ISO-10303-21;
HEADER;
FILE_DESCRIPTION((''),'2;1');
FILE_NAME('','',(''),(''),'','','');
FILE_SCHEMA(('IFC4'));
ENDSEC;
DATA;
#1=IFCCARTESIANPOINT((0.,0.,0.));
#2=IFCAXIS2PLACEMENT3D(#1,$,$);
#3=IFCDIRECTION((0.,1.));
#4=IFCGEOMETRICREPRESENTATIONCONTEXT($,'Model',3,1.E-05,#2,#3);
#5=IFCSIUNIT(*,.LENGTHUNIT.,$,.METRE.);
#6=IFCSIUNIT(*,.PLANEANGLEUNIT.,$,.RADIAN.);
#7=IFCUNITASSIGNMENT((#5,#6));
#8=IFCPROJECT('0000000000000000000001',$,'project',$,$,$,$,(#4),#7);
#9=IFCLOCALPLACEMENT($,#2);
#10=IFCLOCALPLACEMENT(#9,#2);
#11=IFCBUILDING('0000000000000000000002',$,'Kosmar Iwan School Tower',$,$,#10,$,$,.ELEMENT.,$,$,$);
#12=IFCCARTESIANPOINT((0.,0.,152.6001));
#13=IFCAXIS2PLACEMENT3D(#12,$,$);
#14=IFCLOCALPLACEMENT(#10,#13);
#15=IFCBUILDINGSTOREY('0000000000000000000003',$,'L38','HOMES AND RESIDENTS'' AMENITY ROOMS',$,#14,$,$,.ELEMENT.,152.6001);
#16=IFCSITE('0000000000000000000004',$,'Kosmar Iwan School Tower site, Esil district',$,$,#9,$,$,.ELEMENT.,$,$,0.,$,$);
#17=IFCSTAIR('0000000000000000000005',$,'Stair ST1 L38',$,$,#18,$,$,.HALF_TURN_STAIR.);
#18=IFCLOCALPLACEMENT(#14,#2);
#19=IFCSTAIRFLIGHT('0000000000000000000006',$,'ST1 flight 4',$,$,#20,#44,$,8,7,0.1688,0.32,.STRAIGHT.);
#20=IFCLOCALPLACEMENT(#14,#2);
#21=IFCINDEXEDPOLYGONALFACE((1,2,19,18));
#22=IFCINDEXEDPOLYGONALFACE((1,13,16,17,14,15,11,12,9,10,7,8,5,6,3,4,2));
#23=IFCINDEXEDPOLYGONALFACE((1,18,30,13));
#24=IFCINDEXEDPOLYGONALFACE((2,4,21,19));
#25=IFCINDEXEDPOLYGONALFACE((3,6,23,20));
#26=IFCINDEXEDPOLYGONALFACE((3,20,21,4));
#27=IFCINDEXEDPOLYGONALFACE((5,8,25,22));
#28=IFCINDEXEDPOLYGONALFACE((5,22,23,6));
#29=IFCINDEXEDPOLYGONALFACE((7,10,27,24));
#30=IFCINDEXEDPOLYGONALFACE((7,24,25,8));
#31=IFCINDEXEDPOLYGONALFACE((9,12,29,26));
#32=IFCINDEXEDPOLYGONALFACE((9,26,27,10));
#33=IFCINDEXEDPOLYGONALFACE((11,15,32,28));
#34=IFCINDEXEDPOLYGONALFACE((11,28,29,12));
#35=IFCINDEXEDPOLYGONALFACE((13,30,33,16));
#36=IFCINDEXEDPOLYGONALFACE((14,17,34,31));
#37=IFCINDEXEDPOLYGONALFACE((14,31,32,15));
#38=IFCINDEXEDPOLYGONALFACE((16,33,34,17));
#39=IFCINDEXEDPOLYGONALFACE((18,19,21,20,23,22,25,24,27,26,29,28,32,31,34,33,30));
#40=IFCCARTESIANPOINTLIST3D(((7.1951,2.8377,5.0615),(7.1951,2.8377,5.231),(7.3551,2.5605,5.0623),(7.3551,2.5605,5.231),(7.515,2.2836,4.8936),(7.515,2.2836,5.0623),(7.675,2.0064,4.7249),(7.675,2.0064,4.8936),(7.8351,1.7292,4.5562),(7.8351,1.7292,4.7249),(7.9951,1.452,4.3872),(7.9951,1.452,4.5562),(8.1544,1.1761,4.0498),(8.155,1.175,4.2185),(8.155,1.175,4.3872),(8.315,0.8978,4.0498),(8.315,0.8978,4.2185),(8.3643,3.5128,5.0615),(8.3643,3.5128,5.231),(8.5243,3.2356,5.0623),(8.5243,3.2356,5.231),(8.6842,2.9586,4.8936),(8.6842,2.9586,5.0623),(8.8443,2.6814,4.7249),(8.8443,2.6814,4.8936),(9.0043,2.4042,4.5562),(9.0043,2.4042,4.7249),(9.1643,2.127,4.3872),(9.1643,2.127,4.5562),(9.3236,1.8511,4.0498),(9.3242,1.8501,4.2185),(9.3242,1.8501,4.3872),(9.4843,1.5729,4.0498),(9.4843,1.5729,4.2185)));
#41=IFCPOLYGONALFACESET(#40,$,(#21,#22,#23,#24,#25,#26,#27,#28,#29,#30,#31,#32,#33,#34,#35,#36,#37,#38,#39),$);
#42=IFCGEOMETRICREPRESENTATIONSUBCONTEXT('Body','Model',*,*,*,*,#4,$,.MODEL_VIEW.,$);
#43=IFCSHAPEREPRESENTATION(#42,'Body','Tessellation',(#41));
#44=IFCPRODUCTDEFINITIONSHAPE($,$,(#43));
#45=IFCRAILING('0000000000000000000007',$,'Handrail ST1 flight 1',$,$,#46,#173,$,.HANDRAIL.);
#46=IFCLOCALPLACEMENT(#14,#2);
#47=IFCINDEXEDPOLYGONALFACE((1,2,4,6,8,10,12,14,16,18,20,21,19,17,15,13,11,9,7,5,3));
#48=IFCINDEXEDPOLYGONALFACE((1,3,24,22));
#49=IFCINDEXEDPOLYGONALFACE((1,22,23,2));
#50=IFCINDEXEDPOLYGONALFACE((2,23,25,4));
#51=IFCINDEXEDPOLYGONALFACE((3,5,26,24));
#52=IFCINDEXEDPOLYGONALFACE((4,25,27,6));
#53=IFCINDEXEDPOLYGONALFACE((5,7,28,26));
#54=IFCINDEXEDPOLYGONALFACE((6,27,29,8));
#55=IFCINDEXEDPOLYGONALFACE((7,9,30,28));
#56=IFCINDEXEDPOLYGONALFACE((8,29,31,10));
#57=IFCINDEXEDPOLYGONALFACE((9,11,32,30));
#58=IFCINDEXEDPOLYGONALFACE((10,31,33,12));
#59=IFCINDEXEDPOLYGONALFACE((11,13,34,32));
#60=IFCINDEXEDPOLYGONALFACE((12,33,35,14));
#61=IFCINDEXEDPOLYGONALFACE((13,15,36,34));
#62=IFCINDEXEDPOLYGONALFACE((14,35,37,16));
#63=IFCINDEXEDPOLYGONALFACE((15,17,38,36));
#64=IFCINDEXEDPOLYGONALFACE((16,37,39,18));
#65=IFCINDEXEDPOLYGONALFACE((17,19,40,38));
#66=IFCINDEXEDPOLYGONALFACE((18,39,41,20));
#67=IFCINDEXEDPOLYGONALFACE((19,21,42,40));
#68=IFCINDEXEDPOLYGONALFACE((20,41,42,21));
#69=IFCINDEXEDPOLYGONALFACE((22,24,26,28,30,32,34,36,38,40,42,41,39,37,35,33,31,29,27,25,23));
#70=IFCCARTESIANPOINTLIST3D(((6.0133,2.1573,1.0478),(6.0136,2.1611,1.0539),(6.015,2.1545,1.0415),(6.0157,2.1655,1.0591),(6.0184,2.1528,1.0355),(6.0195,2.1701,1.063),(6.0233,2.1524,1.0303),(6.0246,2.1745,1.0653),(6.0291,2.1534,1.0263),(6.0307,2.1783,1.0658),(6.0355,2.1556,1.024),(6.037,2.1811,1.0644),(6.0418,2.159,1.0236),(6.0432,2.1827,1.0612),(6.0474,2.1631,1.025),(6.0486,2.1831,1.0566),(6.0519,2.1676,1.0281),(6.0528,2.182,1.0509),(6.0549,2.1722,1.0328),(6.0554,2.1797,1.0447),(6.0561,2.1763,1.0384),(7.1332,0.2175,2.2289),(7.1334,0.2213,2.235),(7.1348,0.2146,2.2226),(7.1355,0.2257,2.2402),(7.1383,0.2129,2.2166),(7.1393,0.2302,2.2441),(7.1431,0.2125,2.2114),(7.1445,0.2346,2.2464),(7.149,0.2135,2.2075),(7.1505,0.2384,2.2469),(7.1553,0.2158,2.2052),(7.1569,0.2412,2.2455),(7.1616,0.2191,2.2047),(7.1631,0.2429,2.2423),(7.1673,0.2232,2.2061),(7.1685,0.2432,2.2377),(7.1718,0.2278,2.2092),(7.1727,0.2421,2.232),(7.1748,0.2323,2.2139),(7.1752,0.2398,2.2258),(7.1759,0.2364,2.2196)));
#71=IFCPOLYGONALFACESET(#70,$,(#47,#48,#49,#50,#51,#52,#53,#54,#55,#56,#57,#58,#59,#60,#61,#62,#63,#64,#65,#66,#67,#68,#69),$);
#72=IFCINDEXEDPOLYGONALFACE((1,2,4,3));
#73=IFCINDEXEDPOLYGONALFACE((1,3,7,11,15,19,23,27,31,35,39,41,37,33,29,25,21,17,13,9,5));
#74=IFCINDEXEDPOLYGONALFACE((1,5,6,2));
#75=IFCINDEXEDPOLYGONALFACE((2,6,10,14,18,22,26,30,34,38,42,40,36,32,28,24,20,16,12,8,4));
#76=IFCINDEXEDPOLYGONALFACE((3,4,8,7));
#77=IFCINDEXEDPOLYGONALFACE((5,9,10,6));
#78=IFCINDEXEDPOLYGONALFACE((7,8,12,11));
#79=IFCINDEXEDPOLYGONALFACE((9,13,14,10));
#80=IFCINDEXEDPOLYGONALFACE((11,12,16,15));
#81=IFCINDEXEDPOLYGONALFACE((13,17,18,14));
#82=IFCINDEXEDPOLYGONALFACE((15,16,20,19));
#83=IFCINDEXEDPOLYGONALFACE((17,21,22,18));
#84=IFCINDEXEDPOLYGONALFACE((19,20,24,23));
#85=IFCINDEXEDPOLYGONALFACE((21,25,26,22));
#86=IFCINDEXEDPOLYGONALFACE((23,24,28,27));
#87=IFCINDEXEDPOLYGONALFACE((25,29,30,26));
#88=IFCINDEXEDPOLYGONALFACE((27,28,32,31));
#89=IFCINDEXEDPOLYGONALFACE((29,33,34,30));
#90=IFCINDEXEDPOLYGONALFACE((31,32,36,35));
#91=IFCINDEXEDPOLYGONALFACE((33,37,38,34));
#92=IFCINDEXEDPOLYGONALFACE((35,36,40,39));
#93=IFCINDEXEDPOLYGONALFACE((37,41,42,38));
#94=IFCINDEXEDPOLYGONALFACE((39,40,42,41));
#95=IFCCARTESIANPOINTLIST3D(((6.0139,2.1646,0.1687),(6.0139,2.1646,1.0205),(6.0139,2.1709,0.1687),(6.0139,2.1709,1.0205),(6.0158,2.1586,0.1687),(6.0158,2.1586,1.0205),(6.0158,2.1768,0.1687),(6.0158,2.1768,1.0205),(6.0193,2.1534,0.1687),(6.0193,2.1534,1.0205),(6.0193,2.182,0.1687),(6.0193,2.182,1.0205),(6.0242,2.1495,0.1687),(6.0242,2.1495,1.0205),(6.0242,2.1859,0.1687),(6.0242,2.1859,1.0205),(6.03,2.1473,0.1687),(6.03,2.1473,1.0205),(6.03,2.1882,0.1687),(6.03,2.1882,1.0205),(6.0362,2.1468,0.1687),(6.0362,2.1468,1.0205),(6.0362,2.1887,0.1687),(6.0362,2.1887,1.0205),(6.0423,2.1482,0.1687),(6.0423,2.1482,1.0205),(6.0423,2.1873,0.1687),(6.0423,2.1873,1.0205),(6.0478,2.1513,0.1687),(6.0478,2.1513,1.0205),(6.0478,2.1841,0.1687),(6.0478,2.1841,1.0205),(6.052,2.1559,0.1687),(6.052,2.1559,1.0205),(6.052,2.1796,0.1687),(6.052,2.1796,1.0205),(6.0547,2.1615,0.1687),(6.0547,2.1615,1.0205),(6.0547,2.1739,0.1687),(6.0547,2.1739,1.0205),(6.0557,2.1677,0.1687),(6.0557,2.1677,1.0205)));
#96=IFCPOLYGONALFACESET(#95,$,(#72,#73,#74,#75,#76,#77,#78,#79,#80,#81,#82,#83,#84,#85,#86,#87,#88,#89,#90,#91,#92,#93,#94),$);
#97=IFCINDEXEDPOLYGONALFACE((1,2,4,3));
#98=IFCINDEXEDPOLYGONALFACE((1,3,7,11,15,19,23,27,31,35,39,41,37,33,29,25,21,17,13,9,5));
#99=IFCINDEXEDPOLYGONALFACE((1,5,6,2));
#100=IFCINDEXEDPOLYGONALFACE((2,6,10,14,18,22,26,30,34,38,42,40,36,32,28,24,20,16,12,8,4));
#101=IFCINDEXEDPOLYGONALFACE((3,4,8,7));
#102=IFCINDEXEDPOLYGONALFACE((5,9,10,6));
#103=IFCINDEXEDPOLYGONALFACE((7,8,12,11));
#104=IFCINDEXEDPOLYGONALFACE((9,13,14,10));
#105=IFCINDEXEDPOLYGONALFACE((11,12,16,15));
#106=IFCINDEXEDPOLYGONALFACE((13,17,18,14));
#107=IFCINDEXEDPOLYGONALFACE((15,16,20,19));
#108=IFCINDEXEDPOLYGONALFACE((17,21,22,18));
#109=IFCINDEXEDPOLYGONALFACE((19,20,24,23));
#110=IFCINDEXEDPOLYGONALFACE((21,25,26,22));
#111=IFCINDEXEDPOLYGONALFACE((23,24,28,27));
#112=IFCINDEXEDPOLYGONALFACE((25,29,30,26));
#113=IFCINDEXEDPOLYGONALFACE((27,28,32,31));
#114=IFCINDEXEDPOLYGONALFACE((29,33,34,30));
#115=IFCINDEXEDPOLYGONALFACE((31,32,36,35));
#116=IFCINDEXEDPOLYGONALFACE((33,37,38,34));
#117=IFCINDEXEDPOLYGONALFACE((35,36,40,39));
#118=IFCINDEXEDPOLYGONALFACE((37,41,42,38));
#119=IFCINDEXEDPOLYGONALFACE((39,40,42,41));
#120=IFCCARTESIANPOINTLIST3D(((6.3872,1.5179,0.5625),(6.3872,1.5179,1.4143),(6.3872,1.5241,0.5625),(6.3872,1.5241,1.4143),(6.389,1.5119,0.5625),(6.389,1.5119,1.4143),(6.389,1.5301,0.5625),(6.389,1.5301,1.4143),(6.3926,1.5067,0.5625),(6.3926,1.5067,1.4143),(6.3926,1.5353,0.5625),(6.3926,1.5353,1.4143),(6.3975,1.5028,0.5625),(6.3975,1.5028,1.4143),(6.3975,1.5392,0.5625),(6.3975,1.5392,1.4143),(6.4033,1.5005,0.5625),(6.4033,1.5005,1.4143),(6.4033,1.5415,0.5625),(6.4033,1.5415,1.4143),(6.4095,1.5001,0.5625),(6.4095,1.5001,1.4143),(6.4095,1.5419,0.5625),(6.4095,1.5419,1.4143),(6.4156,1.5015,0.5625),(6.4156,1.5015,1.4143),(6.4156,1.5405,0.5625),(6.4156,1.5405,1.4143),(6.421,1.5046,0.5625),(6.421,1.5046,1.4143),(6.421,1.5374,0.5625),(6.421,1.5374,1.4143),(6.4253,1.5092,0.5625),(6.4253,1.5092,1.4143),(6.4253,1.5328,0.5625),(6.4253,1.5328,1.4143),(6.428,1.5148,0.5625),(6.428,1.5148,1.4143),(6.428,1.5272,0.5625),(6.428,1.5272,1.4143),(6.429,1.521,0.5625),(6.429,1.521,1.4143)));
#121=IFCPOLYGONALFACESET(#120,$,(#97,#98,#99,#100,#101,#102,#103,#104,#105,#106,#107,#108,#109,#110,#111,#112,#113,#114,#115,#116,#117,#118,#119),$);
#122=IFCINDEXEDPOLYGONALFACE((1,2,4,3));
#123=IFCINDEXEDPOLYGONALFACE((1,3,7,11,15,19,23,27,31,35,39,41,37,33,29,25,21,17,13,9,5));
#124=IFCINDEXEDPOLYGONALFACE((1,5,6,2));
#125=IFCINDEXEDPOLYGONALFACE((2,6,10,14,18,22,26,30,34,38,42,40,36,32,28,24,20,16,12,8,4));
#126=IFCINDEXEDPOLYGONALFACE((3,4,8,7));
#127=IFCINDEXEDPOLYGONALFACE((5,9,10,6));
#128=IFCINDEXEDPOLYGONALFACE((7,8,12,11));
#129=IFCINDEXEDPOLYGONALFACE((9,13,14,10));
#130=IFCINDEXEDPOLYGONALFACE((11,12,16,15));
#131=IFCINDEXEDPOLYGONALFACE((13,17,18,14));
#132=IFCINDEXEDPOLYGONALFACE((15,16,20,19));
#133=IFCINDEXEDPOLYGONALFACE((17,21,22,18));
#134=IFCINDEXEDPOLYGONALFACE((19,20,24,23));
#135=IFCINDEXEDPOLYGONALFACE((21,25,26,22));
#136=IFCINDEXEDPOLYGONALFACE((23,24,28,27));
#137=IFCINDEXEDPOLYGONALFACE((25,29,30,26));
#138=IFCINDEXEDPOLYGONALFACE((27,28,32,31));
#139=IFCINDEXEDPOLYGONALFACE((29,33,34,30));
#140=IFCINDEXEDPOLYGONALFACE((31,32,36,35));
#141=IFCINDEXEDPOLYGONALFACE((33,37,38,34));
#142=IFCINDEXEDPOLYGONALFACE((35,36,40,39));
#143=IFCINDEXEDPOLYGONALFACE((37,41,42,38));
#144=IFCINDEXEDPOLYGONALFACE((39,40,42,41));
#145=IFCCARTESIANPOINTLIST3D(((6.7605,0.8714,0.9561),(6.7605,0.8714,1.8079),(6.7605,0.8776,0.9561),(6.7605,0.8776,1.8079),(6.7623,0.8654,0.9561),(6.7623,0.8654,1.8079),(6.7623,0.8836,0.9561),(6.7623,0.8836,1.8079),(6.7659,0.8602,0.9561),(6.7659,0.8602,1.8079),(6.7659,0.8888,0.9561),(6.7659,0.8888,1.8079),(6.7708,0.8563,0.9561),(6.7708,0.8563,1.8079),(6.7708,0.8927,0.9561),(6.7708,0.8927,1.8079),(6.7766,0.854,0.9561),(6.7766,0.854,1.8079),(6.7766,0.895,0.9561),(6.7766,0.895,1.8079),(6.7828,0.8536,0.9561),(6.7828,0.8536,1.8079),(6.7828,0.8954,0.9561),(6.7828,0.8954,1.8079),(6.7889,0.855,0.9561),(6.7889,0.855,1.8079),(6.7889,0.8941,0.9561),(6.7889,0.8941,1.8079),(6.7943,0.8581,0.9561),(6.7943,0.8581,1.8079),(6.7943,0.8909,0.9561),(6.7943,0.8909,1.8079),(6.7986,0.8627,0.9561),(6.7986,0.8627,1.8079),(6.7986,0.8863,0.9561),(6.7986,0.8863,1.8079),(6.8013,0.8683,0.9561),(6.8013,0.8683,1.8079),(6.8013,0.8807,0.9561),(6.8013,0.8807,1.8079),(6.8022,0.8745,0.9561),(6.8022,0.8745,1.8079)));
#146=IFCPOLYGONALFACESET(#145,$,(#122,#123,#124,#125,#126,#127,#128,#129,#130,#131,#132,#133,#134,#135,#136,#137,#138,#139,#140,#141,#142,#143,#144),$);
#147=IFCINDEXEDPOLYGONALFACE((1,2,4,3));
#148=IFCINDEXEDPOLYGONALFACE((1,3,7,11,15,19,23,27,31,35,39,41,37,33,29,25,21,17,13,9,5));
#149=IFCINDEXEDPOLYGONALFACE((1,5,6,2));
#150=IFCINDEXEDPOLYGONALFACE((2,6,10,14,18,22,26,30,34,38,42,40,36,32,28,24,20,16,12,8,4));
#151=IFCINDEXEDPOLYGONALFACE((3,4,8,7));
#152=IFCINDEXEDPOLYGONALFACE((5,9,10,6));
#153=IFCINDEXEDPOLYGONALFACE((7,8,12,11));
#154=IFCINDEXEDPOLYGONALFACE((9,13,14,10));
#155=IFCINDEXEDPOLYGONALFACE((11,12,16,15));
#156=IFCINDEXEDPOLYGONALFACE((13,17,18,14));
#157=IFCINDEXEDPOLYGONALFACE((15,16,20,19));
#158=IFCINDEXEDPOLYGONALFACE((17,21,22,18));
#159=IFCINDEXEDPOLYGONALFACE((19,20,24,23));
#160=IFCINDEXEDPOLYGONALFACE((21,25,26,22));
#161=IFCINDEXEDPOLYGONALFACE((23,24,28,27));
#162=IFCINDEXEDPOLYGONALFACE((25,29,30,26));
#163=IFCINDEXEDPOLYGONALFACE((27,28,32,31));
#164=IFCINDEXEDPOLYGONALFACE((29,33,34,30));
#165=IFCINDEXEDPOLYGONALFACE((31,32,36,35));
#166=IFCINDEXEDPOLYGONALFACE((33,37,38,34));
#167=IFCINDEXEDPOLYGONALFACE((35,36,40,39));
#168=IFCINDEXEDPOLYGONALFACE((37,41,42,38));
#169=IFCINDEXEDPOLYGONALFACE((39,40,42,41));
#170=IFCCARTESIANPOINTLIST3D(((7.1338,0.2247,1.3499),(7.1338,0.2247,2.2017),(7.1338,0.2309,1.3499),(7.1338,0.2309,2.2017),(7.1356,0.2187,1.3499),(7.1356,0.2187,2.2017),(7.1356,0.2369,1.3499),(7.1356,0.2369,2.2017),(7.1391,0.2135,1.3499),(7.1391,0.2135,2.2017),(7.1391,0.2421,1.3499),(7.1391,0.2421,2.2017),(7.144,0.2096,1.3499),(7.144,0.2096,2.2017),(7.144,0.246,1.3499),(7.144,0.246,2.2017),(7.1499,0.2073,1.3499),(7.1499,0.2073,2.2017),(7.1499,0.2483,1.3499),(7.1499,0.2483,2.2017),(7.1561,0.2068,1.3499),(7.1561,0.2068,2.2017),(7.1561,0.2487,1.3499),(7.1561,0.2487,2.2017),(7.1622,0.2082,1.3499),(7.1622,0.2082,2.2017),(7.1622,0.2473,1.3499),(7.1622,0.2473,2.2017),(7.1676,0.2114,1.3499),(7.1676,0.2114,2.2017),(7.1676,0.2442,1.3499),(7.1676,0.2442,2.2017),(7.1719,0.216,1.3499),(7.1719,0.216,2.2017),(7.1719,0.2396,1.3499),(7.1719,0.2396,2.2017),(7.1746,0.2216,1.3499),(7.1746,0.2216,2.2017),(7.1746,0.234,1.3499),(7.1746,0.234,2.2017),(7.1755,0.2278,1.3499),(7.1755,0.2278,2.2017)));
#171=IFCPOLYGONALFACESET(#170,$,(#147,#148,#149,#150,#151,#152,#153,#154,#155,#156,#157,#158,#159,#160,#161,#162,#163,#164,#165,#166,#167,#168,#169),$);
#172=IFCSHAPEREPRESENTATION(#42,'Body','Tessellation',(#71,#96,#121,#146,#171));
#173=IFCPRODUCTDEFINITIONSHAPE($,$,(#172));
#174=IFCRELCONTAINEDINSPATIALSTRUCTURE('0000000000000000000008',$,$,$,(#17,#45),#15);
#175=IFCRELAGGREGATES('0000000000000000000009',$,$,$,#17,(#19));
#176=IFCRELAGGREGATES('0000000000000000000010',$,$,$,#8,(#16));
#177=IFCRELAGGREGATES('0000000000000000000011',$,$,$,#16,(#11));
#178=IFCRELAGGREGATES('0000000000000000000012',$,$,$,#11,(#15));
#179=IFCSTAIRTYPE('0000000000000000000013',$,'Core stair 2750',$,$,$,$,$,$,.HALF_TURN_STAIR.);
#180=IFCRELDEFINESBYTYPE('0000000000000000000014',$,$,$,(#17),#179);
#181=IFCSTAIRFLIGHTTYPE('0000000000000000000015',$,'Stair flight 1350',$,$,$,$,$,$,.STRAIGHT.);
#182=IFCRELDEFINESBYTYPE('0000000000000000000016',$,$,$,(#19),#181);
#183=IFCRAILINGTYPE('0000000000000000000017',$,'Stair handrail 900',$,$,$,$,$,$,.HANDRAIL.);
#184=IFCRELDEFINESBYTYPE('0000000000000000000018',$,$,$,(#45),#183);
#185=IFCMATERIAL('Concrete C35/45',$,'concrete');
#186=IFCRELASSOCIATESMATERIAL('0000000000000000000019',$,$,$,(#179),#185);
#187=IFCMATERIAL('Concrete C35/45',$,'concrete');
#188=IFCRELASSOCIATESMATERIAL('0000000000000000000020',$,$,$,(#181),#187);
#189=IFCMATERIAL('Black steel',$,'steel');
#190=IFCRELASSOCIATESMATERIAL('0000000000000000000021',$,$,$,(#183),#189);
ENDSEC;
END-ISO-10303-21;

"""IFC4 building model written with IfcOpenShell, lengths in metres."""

from ifc_helpers import new_model, si_unit, direction, frame, origin, origin_2d, place, context, subcontext, project, spatial, polyline, circle, outline, extrude, material, type_object, element, aggregate, save


model = new_model("IFC4")

# Units and contexts
model_context = context("Model", 3, precision=1e-05, world=origin(), true_north=direction((0.0, 1.0)))
body_context = subcontext(model_context, "Body", "Model", "MODEL_VIEW")
ifc_project = project(units=[si_unit("LENGTHUNIT", "METRE"), si_unit("PLANEANGLEUNIT", "RADIAN")], contexts=[model_context])

# Site, building, storey
site_placement = place(None, origin())
site = spatial("IfcSite", under=ifc_project, at=site_placement, Name="Kosmar Iwan School Tower site, Esil district", CompositionType="ELEMENT", RefElevation=0.0)
building_placement = place(site_placement, origin())
building = spatial("IfcBuilding", under=site, at=building_placement, Name="Kosmar Iwan School Tower", CompositionType="ELEMENT")
storey_placement = place(building_placement, frame((0.0, 0.0, 152.6001)))
storey = spatial("IfcBuildingStorey", under=building, at=storey_placement, Name="L38", Description="HOMES AND RESIDENTS' AMENITY ROOMS", CompositionType="ELEMENT", Elevation=152.6001)

# Stair, stair flight
ifc_material_1 = material(Name="Concrete C35/45", Category="concrete")
stair_type = type_object("IfcStairType", Name="Core stair 2750", PredefinedType="HALF_TURN_STAIR", material=ifc_material_1)
stair_placement = place(storey_placement, origin())
stair = element("IfcStair", 1, at=stair_placement, inside=storey, type_object=stair_type, Name="Stair ST1 L38", PredefinedType="HALF_TURN_STAIR")
ifc_material_2 = material(Name="Concrete C35/45", Category="concrete")
stair_flight_type = type_object("IfcStairFlightType", Name="Stair flight 1350", PredefinedType="STRAIGHT", material=ifc_material_2)
stair_flight_1_placement = place(storey_placement, frame((8.8997, 1.2354, 4.0498), z_axis=(0.0, 0.0, 1.0), x_axis=(-0.5, 0.866025, 0.0)))
stair_flight_1 = element("IfcStairFlight", 2, at=stair_flight_1_placement, type_object=stair_flight_type, Name="ST1 flight 4", NumberOfRisers=8, NumberOfTreads=7, PredefinedType="STRAIGHT", RiserHeight=0.1688, TreadLength=0.32, context=body_context, shape_type="SweptSolid", body=[
    extrude(outline(polyline([(0.0, 0.0), (0.0, 0.1687), (0.3201, 0.1687), (0.3201, 0.3374), (0.6399, 0.3374), (0.6399, 0.5063), (0.96, 0.5063), (0.96, 0.675), (1.28, 0.675), (1.28, 0.8438), (1.6001, 0.8438), (1.6001, 1.0125), (1.9199, 1.0125), (1.9199, 1.1812), (2.24, 1.1812), (2.24, 1.3501), (2.24, 1.0117), (0.3213, 0.0), (0.0, 0.0)])), frame((0.0, 0.675, 0.0), z_axis=(0.0, -1.0, 0.0), x_axis=(1.0, 0.0, 0.0)), (0.0, 0.0, 1.0), 1.3501),
])
aggregate(stair, [stair_flight_1])

# Railing
ifc_material_3 = material(Name="Black steel", Category="steel")
railing_type = type_object("IfcRailingType", Name="Stair handrail 900", PredefinedType="HANDRAIL", material=ifc_material_3)
railing_1_placement = place(storey_placement, frame((6.0347, 2.1677, 0.1687)))
element("IfcRailing", 3, at=railing_1_placement, inside=storey, type_object=railing_type, Name="Handrail ST1 flight 1", PredefinedType="HANDRAIL", context=body_context, shape_type="SweptSolid", body=[
    extrude(circle(Radius=0.0239, at=origin_2d()), frame((0.0, 0.0, 0.876), z_axis=(0.442233, -0.766075, 0.466432), x_axis=(0.866055, 0.499949, 0.0)), (0.0, 0.0, 1.0), 2.5322),
    extrude(circle(Radius=0.021, at=origin_2d()), origin(), (0.0, 0.0, 1.0), 0.8518),
    extrude(circle(Radius=0.021, at=origin_2d()), frame((0.3733, -0.6467, 0.3938)), (0.0, 0.0, 1.0), 0.8518),
    extrude(circle(Radius=0.021, at=origin_2d()), frame((0.7466, -1.2932, 0.7874)), (0.0, 0.0, 1.0), 0.8518),
    extrude(circle(Radius=0.021, at=origin_2d()), frame((1.1199, -1.9399, 1.1812)), (0.0, 0.0, 1.0), 0.8518),
])

save(model, "model.ifc")
